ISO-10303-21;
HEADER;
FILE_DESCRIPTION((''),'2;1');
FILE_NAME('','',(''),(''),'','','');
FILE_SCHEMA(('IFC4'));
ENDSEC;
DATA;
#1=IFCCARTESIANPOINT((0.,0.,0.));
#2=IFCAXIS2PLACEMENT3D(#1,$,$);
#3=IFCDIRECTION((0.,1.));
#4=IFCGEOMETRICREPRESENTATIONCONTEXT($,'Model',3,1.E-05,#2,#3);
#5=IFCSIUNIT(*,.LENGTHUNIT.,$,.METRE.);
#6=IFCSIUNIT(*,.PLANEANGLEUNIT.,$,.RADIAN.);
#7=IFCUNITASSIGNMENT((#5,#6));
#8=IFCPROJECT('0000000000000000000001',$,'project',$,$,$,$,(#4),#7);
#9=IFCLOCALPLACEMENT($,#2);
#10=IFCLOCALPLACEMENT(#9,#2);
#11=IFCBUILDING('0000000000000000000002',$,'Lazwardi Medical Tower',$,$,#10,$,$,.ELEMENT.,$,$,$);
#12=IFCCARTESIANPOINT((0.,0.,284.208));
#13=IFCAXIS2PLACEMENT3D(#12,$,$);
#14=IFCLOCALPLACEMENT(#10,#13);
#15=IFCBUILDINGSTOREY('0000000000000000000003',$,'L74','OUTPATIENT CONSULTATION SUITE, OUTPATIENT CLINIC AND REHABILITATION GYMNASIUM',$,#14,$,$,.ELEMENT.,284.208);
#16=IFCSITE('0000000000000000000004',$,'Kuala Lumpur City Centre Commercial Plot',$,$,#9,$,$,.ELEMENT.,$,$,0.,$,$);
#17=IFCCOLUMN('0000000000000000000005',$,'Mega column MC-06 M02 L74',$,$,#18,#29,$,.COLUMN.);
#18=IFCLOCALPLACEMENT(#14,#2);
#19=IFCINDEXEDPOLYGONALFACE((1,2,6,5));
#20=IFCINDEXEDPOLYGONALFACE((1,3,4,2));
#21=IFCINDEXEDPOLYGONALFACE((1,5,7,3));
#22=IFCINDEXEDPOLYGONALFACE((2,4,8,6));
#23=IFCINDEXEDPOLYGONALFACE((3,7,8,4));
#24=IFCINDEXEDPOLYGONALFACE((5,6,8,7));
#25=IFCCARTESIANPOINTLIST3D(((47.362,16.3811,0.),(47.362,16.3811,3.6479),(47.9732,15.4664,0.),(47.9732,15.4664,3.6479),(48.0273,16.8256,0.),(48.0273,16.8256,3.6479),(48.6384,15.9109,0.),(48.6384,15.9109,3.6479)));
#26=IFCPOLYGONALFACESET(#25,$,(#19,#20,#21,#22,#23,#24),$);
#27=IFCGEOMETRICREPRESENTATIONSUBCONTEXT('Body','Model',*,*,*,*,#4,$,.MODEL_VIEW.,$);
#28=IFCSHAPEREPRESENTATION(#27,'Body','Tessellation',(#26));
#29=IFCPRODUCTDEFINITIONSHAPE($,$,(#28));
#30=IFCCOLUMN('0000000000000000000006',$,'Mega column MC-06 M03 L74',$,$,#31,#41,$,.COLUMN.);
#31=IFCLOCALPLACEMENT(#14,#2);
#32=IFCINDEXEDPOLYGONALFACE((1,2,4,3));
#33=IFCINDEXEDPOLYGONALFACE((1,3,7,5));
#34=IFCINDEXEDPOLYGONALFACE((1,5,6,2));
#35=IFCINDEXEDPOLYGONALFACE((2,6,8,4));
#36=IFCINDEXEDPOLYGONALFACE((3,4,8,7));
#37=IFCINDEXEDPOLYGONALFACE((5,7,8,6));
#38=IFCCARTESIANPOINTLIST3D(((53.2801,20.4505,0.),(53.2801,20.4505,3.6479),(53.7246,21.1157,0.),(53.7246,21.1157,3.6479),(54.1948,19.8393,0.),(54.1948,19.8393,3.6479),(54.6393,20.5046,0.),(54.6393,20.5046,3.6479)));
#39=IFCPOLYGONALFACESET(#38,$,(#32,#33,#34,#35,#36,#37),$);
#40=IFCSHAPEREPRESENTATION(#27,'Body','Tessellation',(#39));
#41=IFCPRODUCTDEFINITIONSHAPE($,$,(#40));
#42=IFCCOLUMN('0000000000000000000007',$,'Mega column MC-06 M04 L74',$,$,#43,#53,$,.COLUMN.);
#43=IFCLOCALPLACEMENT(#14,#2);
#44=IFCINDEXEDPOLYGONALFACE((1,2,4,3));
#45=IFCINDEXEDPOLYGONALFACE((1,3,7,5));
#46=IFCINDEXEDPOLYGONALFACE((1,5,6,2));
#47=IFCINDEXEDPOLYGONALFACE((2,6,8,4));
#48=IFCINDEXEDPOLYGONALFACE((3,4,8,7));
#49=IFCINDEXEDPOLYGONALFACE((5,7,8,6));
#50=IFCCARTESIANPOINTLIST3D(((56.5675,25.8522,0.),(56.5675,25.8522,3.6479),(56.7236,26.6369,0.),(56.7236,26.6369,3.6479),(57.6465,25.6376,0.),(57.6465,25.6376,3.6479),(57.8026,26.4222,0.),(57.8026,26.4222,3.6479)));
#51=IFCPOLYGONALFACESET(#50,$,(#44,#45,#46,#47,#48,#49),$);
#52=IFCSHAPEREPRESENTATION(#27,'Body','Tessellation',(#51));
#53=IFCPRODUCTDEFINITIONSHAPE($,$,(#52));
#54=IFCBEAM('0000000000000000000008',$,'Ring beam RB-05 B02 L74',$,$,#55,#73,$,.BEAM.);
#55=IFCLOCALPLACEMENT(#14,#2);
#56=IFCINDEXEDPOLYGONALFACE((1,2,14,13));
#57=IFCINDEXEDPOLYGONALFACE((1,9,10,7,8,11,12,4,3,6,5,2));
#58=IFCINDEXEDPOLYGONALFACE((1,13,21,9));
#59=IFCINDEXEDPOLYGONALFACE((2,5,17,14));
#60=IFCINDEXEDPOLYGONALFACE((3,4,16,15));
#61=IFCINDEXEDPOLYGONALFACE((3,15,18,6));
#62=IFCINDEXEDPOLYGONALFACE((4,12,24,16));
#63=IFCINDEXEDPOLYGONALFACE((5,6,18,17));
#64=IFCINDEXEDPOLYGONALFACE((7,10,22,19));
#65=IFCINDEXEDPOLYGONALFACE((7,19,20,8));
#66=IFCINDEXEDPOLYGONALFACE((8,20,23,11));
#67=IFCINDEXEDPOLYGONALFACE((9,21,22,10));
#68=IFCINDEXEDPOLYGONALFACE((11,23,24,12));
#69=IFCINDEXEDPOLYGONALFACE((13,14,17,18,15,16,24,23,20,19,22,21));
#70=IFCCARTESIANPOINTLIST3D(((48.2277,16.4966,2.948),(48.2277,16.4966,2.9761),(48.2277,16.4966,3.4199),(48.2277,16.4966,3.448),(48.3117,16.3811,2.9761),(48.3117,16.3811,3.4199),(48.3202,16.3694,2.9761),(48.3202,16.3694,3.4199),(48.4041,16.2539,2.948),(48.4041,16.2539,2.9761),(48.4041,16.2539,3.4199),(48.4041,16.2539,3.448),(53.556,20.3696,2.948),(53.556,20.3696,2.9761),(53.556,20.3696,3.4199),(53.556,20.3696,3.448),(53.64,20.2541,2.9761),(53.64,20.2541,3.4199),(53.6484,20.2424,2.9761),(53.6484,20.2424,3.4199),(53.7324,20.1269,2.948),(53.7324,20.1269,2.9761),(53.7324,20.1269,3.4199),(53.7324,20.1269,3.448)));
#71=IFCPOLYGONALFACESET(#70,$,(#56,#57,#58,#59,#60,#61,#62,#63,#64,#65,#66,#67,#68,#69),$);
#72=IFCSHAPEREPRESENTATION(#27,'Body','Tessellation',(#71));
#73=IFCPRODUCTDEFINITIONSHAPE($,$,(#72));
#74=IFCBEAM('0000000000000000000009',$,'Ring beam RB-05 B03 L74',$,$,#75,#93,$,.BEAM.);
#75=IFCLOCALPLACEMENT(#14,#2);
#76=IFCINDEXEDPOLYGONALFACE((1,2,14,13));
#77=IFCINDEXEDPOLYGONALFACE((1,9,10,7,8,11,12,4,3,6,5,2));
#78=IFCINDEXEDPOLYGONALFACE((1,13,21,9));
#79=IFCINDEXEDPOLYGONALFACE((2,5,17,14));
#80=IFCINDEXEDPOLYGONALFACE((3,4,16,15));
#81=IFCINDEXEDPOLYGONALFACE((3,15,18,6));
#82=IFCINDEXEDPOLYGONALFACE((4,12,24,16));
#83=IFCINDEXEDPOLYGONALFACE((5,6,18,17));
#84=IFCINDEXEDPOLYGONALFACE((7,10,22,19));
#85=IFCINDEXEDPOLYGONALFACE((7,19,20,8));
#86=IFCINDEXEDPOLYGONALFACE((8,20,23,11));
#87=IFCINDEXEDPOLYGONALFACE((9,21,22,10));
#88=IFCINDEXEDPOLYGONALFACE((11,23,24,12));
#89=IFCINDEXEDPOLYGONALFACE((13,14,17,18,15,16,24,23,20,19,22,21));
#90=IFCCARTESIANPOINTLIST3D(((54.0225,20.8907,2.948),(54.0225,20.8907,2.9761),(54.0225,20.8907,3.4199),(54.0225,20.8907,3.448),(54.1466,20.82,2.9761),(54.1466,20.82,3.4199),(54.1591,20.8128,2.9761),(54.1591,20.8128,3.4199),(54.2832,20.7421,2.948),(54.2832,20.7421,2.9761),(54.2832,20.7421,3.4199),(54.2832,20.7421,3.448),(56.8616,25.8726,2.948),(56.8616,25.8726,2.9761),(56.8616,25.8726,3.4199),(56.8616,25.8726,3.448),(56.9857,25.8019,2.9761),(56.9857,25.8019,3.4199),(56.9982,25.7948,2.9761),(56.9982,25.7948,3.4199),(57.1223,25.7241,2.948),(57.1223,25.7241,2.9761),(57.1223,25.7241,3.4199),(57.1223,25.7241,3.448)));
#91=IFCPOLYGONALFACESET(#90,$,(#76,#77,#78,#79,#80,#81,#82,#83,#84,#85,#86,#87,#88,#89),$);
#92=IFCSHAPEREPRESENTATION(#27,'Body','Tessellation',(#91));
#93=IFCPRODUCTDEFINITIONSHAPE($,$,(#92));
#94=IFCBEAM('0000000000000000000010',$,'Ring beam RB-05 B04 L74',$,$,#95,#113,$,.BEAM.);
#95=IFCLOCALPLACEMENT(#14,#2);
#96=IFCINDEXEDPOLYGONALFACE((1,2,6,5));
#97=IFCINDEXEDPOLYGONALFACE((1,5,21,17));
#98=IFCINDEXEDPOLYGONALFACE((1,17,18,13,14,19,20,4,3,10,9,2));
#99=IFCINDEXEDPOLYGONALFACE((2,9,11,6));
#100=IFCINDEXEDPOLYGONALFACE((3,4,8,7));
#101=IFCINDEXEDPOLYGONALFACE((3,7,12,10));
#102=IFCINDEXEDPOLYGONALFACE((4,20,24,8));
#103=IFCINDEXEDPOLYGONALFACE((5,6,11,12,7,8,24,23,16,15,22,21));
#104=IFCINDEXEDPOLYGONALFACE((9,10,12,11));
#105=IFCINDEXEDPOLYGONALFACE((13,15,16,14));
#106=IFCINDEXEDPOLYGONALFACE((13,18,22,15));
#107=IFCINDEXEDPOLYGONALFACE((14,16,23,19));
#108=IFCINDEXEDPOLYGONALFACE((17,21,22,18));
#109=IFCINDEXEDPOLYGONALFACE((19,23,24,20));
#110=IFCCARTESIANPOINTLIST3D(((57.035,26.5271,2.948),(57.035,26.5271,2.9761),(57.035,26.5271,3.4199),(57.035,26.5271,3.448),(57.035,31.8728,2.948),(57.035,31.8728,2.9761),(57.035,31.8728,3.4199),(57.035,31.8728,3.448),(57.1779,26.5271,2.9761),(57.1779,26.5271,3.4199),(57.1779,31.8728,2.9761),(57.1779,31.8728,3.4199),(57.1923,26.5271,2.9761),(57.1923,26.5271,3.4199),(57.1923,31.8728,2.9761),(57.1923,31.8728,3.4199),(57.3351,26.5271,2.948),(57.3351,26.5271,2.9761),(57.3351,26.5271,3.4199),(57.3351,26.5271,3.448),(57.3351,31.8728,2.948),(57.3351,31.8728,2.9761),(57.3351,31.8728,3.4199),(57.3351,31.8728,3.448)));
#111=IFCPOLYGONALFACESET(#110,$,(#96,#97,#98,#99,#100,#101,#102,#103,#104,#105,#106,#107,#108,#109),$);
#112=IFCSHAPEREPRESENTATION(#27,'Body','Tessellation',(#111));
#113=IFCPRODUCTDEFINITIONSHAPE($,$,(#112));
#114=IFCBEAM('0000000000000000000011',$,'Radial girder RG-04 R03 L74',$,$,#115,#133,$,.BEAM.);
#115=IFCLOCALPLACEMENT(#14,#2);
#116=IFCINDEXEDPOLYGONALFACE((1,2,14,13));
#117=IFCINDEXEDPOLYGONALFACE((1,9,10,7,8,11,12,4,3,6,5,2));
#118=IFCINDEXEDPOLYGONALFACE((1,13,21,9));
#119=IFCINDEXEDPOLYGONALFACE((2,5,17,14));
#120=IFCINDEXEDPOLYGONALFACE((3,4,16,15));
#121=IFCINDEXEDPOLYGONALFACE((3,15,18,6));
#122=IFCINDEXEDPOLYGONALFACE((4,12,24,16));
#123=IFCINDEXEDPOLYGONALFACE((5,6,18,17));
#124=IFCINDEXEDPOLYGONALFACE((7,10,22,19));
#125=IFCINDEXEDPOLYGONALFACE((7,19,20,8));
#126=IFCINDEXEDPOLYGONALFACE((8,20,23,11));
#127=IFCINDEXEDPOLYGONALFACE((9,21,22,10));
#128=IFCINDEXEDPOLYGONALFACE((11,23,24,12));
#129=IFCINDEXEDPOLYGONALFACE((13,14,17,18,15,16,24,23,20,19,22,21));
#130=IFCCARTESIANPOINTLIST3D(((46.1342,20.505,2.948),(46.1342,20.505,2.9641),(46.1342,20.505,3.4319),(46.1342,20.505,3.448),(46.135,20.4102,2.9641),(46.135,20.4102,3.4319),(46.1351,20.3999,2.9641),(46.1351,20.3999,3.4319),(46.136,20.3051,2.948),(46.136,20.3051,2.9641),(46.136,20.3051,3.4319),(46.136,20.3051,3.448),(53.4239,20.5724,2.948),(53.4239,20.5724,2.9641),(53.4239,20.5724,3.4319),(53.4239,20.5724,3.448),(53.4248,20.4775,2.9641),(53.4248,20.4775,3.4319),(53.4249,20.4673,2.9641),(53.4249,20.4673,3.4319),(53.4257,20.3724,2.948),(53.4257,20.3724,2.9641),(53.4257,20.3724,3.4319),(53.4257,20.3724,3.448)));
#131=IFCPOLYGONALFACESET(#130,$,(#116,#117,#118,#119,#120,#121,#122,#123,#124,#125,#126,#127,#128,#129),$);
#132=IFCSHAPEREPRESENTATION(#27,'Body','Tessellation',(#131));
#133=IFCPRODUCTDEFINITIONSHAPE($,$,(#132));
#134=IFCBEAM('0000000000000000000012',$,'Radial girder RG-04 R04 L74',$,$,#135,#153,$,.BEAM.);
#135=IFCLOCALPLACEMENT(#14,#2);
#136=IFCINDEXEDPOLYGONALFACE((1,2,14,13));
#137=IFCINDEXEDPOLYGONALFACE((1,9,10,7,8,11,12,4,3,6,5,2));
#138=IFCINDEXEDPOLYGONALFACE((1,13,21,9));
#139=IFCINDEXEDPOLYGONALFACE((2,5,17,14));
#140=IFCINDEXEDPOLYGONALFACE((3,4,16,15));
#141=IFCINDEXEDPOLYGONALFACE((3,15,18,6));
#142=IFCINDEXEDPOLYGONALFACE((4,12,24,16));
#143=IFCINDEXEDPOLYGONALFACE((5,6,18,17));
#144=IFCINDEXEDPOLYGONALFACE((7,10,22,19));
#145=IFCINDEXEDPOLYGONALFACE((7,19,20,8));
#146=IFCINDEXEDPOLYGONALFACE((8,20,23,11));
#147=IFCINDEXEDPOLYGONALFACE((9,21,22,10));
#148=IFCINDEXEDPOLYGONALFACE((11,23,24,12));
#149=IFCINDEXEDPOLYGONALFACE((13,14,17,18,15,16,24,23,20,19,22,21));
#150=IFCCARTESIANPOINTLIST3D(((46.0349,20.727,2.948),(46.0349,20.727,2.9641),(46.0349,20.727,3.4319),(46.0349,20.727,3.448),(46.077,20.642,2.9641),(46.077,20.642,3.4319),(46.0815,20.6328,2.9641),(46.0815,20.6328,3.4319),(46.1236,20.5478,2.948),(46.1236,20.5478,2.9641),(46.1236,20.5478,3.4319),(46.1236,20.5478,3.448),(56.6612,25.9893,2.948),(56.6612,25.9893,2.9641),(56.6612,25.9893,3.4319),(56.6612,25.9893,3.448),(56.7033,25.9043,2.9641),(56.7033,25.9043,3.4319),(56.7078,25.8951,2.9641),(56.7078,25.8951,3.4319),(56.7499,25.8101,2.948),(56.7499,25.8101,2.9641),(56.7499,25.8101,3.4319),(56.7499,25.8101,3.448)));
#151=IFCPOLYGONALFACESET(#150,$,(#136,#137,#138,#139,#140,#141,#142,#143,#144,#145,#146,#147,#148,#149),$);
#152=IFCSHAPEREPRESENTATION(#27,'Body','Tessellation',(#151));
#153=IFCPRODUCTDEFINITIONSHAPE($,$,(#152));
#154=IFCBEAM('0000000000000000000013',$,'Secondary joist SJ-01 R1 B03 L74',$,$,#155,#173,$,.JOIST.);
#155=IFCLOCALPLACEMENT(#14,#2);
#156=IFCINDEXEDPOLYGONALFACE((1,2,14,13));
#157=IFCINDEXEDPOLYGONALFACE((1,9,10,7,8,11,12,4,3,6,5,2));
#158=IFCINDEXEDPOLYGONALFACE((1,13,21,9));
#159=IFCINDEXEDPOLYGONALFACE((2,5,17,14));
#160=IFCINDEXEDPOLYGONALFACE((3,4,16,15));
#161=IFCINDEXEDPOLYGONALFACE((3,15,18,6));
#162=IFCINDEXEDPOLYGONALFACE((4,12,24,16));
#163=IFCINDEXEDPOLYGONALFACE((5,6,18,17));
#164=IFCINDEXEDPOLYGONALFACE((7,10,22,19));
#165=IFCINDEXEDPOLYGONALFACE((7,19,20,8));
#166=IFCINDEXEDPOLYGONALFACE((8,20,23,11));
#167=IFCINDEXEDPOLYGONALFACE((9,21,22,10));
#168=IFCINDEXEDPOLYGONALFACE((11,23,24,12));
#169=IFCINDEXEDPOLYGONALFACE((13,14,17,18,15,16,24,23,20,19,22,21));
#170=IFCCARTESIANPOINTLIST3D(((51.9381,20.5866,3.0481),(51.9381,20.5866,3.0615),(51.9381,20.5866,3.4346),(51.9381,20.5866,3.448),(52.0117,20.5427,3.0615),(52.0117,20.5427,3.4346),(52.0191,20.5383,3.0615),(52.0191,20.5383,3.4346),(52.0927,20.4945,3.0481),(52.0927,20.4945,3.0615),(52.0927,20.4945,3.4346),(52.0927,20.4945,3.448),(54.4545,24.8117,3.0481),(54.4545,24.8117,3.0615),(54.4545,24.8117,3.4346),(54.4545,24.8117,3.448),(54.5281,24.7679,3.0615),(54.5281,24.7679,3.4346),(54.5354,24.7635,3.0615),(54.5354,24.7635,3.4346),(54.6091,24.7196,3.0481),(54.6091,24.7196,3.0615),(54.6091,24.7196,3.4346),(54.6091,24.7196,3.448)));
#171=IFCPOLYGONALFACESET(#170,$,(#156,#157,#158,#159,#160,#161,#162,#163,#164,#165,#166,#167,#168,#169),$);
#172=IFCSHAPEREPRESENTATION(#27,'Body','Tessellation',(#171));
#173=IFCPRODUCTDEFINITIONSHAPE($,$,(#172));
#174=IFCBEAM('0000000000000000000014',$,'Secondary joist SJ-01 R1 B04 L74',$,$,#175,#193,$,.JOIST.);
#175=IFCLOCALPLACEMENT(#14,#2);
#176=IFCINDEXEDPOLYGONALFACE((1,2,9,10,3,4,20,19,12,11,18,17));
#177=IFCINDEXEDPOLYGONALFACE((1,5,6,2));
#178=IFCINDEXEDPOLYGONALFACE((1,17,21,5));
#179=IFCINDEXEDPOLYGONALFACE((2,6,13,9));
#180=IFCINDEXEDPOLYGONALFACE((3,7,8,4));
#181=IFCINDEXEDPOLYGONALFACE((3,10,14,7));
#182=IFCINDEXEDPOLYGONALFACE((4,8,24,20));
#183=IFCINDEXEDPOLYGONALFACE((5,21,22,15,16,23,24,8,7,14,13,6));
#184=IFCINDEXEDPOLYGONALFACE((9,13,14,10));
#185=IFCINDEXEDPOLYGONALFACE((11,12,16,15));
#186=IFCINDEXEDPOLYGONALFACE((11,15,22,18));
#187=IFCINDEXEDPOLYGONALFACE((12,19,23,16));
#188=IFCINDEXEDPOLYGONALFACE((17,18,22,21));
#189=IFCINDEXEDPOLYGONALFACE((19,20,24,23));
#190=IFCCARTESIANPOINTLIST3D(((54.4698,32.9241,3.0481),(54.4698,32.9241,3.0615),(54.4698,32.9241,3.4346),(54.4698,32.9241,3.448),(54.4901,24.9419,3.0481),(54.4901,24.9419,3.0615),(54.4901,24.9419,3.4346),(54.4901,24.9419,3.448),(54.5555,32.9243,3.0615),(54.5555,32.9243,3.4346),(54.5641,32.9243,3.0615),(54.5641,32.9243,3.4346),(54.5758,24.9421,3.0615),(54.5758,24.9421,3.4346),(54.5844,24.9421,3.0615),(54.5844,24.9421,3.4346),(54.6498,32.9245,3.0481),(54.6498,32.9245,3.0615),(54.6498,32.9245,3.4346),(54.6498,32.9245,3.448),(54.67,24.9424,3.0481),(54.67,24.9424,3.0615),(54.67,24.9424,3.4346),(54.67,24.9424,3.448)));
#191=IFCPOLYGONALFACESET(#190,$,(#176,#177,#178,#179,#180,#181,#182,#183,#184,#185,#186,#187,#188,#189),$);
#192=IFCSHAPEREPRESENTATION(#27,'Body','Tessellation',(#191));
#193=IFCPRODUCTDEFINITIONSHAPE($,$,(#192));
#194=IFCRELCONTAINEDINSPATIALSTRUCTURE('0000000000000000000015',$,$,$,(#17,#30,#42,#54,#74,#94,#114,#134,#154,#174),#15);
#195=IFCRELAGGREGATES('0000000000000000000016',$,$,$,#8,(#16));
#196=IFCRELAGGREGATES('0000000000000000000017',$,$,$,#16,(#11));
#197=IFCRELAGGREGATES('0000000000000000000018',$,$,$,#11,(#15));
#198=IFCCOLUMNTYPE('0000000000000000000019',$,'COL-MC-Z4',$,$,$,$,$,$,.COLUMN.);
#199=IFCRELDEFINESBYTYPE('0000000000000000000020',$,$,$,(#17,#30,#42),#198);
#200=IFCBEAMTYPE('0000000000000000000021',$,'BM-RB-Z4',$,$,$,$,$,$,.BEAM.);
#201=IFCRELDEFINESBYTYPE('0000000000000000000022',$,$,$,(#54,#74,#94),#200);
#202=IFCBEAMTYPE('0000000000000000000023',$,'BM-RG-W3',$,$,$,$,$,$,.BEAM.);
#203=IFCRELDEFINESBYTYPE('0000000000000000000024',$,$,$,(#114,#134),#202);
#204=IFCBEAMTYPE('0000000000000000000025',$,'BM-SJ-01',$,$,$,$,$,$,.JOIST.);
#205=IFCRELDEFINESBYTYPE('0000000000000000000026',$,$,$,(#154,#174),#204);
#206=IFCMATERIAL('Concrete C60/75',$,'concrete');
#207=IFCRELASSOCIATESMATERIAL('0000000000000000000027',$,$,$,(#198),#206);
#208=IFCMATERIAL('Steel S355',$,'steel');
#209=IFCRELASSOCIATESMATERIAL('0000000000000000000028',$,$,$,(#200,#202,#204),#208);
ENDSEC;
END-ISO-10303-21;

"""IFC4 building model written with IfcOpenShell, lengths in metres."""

from ifc_helpers import new_model, si_unit, direction, frame, origin, origin_2d, place, context, subcontext, project, spatial, rectangle, i_section, extrude, material, material_profile, profile_set, type_object, element, save


model = new_model("IFC4")

# Units and contexts
model_context = context("Model", 3, precision=1e-05, world=origin(), true_north=direction((0.0, 1.0)))
body_context = subcontext(model_context, "Body", "Model", "MODEL_VIEW")
ifc_project = project(units=[si_unit("LENGTHUNIT", "METRE"), si_unit("PLANEANGLEUNIT", "RADIAN")], contexts=[model_context])

# Site, building, storey
site_placement = place(None, origin())
site = spatial("IfcSite", under=ifc_project, at=site_placement, Name="Kuala Lumpur City Centre Commercial Plot", CompositionType="ELEMENT", RefElevation=0.0)
building_placement = place(site_placement, origin())
building = spatial("IfcBuilding", under=site, at=building_placement, Name="Lazwardi Medical Tower", CompositionType="ELEMENT")
storey_placement = place(building_placement, frame((0.0, 0.0, 284.208)))
storey = spatial("IfcBuildingStorey", under=building, at=storey_placement, Name="L74", Description="OUTPATIENT CONSULTATION SUITE, OUTPATIENT CLINIC AND REHABILITATION GYMNASIUM", CompositionType="ELEMENT", Elevation=284.208)

# Columns
ifc_material_1 = material(Name="Concrete C60/75", Category="concrete")
ifc_material_profile_1 = material_profile(ifc_material_1, rectangle(XDim=1.1001, YDim=0.8, at=origin_2d()), Name="CFT-RECT 1100x800")
ifc_profile_set_1 = profile_set([ifc_material_profile_1], Name="Concrete C60/75")
column_type = type_object("IfcColumnType", Name="COL-MC-Z4", PredefinedType="COLUMN", material=ifc_profile_set_1)
for number, where, z_axis, x_axis, name in (
    (1, (48.0002, 16.146, 0.0), (0.0, 0.0, 1.0), (0.55557, -0.83147, 0.0), "Mega column MC-06 M02 L74"),
    (2, (53.9597, 20.4775, 0.0), (0.0, 0.0, 1.0), (0.83147, -0.55557, 0.0), "Mega column MC-06 M03 L74"),
    (3, (57.1851, 26.1372, 0.0), (0.0, 0.0, 1.0), (0.980785, -0.19509, 0.0), "Mega column MC-06 M04 L74"),
):
    element("IfcColumn", number, at=place(storey_placement, frame(where, z_axis=z_axis, x_axis=x_axis)), inside=storey, type_object=column_type, Name=name, PredefinedType="COLUMN", context=body_context, shape_type="SweptSolid", body=[
        extrude(rectangle(XDim=1.1001, YDim=0.8, at=origin_2d()), origin(), (0.0, 0.0, 1.0), 3.6479),
    ])

# Beams
ifc_material_2 = material(Name="Steel S355", Category="steel")
ifc_material_profile_2 = material_profile(ifc_material_2, i_section(OverallWidth=0.3, OverallDepth=0.5, WebThickness=0.0144, FlangeThickness=0.0281, at=origin_2d()), Name="HEB 500")
ifc_profile_set_2 = profile_set([ifc_material_profile_2], Name="Steel S355")
beam_type_1 = type_object("IfcBeamType", Name="BM-RB-Z4", PredefinedType="BEAM", material=ifc_profile_set_2)
beam_1_placement = place(storey_placement, frame((48.3159, 16.3752, 3.198), z_axis=(0.80889, 0.58796, 0.0), x_axis=(-0.58796, 0.80889, 0.0)))
element("IfcBeam", 4, at=beam_1_placement, inside=storey, type_object=beam_type_1, Name="Ring beam RB-05 B02 L74", PredefinedType="BEAM", context=body_context, shape_type="SweptSolid", body=[
    extrude(i_section(OverallWidth=0.3, OverallDepth=0.5, WebThickness=0.0144, FlangeThickness=0.0281, at=origin_2d()), origin(), (0.0, 0.0, 1.0), 6.5872),
])
beam_2_placement = place(storey_placement, frame((54.1528, 20.8164, 3.198), z_axis=(0.495125, 0.868822, 0.0), x_axis=(-0.868822, 0.495125, 0.0)))
element("IfcBeam", 5, at=beam_2_placement, inside=storey, type_object=beam_type_1, Name="Ring beam RB-05 B03 L74", PredefinedType="BEAM", context=body_context, shape_type="SweptSolid", body=[
    extrude(i_section(OverallWidth=0.3, OverallDepth=0.5, WebThickness=0.0144, FlangeThickness=0.0281, at=origin_2d()), origin(), (0.0, 0.0, 1.0), 5.7341),
])
beam_3_placement = place(storey_placement, frame((57.1851, 26.5271, 3.198), z_axis=(0.0, 1.0, 0.0), x_axis=(-1.0, 0.0, 0.0)))
element("IfcBeam", 6, at=beam_3_placement, inside=storey, type_object=beam_type_1, Name="Ring beam RB-05 B04 L74", PredefinedType="BEAM", context=body_context, shape_type="SweptSolid", body=[
    extrude(i_section(OverallWidth=0.3, OverallDepth=0.5, WebThickness=0.0144, FlangeThickness=0.0281, at=origin_2d()), origin(), (0.0, 0.0, 1.0), 5.3457),
])
ifc_material_profile_3 = material_profile(ifc_material_2, i_section(OverallWidth=0.2, OverallDepth=0.5, WebThickness=0.0103, FlangeThickness=0.0161, at=origin_2d()), Name="IPE 500")
ifc_profile_set_3 = profile_set([ifc_material_profile_3], Name="Steel S355")
beam_type_2 = type_object("IfcBeamType", Name="BM-RG-W3", PredefinedType="BEAM", material=ifc_profile_set_3)
beam_4_placement = place(storey_placement, frame((53.4248, 20.4724, 3.198), z_axis=(-0.999957, -0.009243, 0.0), x_axis=(0.009243, -0.999957, 0.0)))
element("IfcBeam", 7, at=beam_4_placement, inside=storey, type_object=beam_type_2, Name="Radial girder RG-04 R03 L74", PredefinedType="BEAM", context=body_context, shape_type="SweptSolid", body=[
    extrude(i_section(OverallWidth=0.2, OverallDepth=0.5, WebThickness=0.0103, FlangeThickness=0.0161, at=origin_2d()), origin(), (0.0, 0.0, 1.0), 7.29),
])
beam_5_placement = place(storey_placement, frame((56.7056, 25.8997, 3.198), z_axis=(-0.896138, -0.443776, 0.0), x_axis=(0.443776, -0.896138, 0.0)))
element("IfcBeam", 8, at=beam_5_placement, inside=storey, type_object=beam_type_2, Name="Radial girder RG-04 R04 L74", PredefinedType="BEAM", context=body_context, shape_type="SweptSolid", body=[
    extrude(i_section(OverallWidth=0.2, OverallDepth=0.5, WebThickness=0.0103, FlangeThickness=0.0161, at=origin_2d()), origin(), (0.0, 0.0, 1.0), 11.8579),
])
ifc_material_profile_4 = material_profile(ifc_material_2, i_section(OverallWidth=0.1799, OverallDepth=0.3999, WebThickness=0.0085, FlangeThickness=0.0134, at=origin_2d()), Name="IPE 400")
ifc_profile_set_4 = profile_set([ifc_material_profile_4], Name="Steel S355")
beam_type_3 = type_object("IfcBeamType", Name="BM-SJ-01", PredefinedType="JOIST", material=ifc_profile_set_4)
beam_6_placement = place(storey_placement, frame((52.0154, 20.5405, 3.248), z_axis=(0.511697, 0.859166, 0.0), x_axis=(-0.859166, 0.511697, 0.0)))
element("IfcBeam", 9, at=beam_6_placement, inside=storey, type_object=beam_type_3, Name="Secondary joist SJ-01 R1 B03 L74", PredefinedType="JOIST", context=body_context, shape_type="SweptSolid", body=[
    extrude(i_section(OverallWidth=0.1799, OverallDepth=0.3999, WebThickness=0.0085, FlangeThickness=0.0134, at=origin_2d()), origin(), (0.0, 0.0, 1.0), 4.9177),
])
beam_7_placement = place(storey_placement, frame((54.5801, 24.9421, 3.248), z_axis=(-0.002539, 0.999997, 0.0), x_axis=(-0.999997, -0.002539, 0.0)))
element("IfcBeam", 10, at=beam_7_placement, inside=storey, type_object=beam_type_3, Name="Secondary joist SJ-01 R1 B04 L74", PredefinedType="JOIST", context=body_context, shape_type="SweptSolid", body=[
    extrude(i_section(OverallWidth=0.1799, OverallDepth=0.3999, WebThickness=0.0085, FlangeThickness=0.0134, at=origin_2d()), origin(), (0.0, 0.0, 1.0), 7.9822),
])

save(model, "model.ifc")
